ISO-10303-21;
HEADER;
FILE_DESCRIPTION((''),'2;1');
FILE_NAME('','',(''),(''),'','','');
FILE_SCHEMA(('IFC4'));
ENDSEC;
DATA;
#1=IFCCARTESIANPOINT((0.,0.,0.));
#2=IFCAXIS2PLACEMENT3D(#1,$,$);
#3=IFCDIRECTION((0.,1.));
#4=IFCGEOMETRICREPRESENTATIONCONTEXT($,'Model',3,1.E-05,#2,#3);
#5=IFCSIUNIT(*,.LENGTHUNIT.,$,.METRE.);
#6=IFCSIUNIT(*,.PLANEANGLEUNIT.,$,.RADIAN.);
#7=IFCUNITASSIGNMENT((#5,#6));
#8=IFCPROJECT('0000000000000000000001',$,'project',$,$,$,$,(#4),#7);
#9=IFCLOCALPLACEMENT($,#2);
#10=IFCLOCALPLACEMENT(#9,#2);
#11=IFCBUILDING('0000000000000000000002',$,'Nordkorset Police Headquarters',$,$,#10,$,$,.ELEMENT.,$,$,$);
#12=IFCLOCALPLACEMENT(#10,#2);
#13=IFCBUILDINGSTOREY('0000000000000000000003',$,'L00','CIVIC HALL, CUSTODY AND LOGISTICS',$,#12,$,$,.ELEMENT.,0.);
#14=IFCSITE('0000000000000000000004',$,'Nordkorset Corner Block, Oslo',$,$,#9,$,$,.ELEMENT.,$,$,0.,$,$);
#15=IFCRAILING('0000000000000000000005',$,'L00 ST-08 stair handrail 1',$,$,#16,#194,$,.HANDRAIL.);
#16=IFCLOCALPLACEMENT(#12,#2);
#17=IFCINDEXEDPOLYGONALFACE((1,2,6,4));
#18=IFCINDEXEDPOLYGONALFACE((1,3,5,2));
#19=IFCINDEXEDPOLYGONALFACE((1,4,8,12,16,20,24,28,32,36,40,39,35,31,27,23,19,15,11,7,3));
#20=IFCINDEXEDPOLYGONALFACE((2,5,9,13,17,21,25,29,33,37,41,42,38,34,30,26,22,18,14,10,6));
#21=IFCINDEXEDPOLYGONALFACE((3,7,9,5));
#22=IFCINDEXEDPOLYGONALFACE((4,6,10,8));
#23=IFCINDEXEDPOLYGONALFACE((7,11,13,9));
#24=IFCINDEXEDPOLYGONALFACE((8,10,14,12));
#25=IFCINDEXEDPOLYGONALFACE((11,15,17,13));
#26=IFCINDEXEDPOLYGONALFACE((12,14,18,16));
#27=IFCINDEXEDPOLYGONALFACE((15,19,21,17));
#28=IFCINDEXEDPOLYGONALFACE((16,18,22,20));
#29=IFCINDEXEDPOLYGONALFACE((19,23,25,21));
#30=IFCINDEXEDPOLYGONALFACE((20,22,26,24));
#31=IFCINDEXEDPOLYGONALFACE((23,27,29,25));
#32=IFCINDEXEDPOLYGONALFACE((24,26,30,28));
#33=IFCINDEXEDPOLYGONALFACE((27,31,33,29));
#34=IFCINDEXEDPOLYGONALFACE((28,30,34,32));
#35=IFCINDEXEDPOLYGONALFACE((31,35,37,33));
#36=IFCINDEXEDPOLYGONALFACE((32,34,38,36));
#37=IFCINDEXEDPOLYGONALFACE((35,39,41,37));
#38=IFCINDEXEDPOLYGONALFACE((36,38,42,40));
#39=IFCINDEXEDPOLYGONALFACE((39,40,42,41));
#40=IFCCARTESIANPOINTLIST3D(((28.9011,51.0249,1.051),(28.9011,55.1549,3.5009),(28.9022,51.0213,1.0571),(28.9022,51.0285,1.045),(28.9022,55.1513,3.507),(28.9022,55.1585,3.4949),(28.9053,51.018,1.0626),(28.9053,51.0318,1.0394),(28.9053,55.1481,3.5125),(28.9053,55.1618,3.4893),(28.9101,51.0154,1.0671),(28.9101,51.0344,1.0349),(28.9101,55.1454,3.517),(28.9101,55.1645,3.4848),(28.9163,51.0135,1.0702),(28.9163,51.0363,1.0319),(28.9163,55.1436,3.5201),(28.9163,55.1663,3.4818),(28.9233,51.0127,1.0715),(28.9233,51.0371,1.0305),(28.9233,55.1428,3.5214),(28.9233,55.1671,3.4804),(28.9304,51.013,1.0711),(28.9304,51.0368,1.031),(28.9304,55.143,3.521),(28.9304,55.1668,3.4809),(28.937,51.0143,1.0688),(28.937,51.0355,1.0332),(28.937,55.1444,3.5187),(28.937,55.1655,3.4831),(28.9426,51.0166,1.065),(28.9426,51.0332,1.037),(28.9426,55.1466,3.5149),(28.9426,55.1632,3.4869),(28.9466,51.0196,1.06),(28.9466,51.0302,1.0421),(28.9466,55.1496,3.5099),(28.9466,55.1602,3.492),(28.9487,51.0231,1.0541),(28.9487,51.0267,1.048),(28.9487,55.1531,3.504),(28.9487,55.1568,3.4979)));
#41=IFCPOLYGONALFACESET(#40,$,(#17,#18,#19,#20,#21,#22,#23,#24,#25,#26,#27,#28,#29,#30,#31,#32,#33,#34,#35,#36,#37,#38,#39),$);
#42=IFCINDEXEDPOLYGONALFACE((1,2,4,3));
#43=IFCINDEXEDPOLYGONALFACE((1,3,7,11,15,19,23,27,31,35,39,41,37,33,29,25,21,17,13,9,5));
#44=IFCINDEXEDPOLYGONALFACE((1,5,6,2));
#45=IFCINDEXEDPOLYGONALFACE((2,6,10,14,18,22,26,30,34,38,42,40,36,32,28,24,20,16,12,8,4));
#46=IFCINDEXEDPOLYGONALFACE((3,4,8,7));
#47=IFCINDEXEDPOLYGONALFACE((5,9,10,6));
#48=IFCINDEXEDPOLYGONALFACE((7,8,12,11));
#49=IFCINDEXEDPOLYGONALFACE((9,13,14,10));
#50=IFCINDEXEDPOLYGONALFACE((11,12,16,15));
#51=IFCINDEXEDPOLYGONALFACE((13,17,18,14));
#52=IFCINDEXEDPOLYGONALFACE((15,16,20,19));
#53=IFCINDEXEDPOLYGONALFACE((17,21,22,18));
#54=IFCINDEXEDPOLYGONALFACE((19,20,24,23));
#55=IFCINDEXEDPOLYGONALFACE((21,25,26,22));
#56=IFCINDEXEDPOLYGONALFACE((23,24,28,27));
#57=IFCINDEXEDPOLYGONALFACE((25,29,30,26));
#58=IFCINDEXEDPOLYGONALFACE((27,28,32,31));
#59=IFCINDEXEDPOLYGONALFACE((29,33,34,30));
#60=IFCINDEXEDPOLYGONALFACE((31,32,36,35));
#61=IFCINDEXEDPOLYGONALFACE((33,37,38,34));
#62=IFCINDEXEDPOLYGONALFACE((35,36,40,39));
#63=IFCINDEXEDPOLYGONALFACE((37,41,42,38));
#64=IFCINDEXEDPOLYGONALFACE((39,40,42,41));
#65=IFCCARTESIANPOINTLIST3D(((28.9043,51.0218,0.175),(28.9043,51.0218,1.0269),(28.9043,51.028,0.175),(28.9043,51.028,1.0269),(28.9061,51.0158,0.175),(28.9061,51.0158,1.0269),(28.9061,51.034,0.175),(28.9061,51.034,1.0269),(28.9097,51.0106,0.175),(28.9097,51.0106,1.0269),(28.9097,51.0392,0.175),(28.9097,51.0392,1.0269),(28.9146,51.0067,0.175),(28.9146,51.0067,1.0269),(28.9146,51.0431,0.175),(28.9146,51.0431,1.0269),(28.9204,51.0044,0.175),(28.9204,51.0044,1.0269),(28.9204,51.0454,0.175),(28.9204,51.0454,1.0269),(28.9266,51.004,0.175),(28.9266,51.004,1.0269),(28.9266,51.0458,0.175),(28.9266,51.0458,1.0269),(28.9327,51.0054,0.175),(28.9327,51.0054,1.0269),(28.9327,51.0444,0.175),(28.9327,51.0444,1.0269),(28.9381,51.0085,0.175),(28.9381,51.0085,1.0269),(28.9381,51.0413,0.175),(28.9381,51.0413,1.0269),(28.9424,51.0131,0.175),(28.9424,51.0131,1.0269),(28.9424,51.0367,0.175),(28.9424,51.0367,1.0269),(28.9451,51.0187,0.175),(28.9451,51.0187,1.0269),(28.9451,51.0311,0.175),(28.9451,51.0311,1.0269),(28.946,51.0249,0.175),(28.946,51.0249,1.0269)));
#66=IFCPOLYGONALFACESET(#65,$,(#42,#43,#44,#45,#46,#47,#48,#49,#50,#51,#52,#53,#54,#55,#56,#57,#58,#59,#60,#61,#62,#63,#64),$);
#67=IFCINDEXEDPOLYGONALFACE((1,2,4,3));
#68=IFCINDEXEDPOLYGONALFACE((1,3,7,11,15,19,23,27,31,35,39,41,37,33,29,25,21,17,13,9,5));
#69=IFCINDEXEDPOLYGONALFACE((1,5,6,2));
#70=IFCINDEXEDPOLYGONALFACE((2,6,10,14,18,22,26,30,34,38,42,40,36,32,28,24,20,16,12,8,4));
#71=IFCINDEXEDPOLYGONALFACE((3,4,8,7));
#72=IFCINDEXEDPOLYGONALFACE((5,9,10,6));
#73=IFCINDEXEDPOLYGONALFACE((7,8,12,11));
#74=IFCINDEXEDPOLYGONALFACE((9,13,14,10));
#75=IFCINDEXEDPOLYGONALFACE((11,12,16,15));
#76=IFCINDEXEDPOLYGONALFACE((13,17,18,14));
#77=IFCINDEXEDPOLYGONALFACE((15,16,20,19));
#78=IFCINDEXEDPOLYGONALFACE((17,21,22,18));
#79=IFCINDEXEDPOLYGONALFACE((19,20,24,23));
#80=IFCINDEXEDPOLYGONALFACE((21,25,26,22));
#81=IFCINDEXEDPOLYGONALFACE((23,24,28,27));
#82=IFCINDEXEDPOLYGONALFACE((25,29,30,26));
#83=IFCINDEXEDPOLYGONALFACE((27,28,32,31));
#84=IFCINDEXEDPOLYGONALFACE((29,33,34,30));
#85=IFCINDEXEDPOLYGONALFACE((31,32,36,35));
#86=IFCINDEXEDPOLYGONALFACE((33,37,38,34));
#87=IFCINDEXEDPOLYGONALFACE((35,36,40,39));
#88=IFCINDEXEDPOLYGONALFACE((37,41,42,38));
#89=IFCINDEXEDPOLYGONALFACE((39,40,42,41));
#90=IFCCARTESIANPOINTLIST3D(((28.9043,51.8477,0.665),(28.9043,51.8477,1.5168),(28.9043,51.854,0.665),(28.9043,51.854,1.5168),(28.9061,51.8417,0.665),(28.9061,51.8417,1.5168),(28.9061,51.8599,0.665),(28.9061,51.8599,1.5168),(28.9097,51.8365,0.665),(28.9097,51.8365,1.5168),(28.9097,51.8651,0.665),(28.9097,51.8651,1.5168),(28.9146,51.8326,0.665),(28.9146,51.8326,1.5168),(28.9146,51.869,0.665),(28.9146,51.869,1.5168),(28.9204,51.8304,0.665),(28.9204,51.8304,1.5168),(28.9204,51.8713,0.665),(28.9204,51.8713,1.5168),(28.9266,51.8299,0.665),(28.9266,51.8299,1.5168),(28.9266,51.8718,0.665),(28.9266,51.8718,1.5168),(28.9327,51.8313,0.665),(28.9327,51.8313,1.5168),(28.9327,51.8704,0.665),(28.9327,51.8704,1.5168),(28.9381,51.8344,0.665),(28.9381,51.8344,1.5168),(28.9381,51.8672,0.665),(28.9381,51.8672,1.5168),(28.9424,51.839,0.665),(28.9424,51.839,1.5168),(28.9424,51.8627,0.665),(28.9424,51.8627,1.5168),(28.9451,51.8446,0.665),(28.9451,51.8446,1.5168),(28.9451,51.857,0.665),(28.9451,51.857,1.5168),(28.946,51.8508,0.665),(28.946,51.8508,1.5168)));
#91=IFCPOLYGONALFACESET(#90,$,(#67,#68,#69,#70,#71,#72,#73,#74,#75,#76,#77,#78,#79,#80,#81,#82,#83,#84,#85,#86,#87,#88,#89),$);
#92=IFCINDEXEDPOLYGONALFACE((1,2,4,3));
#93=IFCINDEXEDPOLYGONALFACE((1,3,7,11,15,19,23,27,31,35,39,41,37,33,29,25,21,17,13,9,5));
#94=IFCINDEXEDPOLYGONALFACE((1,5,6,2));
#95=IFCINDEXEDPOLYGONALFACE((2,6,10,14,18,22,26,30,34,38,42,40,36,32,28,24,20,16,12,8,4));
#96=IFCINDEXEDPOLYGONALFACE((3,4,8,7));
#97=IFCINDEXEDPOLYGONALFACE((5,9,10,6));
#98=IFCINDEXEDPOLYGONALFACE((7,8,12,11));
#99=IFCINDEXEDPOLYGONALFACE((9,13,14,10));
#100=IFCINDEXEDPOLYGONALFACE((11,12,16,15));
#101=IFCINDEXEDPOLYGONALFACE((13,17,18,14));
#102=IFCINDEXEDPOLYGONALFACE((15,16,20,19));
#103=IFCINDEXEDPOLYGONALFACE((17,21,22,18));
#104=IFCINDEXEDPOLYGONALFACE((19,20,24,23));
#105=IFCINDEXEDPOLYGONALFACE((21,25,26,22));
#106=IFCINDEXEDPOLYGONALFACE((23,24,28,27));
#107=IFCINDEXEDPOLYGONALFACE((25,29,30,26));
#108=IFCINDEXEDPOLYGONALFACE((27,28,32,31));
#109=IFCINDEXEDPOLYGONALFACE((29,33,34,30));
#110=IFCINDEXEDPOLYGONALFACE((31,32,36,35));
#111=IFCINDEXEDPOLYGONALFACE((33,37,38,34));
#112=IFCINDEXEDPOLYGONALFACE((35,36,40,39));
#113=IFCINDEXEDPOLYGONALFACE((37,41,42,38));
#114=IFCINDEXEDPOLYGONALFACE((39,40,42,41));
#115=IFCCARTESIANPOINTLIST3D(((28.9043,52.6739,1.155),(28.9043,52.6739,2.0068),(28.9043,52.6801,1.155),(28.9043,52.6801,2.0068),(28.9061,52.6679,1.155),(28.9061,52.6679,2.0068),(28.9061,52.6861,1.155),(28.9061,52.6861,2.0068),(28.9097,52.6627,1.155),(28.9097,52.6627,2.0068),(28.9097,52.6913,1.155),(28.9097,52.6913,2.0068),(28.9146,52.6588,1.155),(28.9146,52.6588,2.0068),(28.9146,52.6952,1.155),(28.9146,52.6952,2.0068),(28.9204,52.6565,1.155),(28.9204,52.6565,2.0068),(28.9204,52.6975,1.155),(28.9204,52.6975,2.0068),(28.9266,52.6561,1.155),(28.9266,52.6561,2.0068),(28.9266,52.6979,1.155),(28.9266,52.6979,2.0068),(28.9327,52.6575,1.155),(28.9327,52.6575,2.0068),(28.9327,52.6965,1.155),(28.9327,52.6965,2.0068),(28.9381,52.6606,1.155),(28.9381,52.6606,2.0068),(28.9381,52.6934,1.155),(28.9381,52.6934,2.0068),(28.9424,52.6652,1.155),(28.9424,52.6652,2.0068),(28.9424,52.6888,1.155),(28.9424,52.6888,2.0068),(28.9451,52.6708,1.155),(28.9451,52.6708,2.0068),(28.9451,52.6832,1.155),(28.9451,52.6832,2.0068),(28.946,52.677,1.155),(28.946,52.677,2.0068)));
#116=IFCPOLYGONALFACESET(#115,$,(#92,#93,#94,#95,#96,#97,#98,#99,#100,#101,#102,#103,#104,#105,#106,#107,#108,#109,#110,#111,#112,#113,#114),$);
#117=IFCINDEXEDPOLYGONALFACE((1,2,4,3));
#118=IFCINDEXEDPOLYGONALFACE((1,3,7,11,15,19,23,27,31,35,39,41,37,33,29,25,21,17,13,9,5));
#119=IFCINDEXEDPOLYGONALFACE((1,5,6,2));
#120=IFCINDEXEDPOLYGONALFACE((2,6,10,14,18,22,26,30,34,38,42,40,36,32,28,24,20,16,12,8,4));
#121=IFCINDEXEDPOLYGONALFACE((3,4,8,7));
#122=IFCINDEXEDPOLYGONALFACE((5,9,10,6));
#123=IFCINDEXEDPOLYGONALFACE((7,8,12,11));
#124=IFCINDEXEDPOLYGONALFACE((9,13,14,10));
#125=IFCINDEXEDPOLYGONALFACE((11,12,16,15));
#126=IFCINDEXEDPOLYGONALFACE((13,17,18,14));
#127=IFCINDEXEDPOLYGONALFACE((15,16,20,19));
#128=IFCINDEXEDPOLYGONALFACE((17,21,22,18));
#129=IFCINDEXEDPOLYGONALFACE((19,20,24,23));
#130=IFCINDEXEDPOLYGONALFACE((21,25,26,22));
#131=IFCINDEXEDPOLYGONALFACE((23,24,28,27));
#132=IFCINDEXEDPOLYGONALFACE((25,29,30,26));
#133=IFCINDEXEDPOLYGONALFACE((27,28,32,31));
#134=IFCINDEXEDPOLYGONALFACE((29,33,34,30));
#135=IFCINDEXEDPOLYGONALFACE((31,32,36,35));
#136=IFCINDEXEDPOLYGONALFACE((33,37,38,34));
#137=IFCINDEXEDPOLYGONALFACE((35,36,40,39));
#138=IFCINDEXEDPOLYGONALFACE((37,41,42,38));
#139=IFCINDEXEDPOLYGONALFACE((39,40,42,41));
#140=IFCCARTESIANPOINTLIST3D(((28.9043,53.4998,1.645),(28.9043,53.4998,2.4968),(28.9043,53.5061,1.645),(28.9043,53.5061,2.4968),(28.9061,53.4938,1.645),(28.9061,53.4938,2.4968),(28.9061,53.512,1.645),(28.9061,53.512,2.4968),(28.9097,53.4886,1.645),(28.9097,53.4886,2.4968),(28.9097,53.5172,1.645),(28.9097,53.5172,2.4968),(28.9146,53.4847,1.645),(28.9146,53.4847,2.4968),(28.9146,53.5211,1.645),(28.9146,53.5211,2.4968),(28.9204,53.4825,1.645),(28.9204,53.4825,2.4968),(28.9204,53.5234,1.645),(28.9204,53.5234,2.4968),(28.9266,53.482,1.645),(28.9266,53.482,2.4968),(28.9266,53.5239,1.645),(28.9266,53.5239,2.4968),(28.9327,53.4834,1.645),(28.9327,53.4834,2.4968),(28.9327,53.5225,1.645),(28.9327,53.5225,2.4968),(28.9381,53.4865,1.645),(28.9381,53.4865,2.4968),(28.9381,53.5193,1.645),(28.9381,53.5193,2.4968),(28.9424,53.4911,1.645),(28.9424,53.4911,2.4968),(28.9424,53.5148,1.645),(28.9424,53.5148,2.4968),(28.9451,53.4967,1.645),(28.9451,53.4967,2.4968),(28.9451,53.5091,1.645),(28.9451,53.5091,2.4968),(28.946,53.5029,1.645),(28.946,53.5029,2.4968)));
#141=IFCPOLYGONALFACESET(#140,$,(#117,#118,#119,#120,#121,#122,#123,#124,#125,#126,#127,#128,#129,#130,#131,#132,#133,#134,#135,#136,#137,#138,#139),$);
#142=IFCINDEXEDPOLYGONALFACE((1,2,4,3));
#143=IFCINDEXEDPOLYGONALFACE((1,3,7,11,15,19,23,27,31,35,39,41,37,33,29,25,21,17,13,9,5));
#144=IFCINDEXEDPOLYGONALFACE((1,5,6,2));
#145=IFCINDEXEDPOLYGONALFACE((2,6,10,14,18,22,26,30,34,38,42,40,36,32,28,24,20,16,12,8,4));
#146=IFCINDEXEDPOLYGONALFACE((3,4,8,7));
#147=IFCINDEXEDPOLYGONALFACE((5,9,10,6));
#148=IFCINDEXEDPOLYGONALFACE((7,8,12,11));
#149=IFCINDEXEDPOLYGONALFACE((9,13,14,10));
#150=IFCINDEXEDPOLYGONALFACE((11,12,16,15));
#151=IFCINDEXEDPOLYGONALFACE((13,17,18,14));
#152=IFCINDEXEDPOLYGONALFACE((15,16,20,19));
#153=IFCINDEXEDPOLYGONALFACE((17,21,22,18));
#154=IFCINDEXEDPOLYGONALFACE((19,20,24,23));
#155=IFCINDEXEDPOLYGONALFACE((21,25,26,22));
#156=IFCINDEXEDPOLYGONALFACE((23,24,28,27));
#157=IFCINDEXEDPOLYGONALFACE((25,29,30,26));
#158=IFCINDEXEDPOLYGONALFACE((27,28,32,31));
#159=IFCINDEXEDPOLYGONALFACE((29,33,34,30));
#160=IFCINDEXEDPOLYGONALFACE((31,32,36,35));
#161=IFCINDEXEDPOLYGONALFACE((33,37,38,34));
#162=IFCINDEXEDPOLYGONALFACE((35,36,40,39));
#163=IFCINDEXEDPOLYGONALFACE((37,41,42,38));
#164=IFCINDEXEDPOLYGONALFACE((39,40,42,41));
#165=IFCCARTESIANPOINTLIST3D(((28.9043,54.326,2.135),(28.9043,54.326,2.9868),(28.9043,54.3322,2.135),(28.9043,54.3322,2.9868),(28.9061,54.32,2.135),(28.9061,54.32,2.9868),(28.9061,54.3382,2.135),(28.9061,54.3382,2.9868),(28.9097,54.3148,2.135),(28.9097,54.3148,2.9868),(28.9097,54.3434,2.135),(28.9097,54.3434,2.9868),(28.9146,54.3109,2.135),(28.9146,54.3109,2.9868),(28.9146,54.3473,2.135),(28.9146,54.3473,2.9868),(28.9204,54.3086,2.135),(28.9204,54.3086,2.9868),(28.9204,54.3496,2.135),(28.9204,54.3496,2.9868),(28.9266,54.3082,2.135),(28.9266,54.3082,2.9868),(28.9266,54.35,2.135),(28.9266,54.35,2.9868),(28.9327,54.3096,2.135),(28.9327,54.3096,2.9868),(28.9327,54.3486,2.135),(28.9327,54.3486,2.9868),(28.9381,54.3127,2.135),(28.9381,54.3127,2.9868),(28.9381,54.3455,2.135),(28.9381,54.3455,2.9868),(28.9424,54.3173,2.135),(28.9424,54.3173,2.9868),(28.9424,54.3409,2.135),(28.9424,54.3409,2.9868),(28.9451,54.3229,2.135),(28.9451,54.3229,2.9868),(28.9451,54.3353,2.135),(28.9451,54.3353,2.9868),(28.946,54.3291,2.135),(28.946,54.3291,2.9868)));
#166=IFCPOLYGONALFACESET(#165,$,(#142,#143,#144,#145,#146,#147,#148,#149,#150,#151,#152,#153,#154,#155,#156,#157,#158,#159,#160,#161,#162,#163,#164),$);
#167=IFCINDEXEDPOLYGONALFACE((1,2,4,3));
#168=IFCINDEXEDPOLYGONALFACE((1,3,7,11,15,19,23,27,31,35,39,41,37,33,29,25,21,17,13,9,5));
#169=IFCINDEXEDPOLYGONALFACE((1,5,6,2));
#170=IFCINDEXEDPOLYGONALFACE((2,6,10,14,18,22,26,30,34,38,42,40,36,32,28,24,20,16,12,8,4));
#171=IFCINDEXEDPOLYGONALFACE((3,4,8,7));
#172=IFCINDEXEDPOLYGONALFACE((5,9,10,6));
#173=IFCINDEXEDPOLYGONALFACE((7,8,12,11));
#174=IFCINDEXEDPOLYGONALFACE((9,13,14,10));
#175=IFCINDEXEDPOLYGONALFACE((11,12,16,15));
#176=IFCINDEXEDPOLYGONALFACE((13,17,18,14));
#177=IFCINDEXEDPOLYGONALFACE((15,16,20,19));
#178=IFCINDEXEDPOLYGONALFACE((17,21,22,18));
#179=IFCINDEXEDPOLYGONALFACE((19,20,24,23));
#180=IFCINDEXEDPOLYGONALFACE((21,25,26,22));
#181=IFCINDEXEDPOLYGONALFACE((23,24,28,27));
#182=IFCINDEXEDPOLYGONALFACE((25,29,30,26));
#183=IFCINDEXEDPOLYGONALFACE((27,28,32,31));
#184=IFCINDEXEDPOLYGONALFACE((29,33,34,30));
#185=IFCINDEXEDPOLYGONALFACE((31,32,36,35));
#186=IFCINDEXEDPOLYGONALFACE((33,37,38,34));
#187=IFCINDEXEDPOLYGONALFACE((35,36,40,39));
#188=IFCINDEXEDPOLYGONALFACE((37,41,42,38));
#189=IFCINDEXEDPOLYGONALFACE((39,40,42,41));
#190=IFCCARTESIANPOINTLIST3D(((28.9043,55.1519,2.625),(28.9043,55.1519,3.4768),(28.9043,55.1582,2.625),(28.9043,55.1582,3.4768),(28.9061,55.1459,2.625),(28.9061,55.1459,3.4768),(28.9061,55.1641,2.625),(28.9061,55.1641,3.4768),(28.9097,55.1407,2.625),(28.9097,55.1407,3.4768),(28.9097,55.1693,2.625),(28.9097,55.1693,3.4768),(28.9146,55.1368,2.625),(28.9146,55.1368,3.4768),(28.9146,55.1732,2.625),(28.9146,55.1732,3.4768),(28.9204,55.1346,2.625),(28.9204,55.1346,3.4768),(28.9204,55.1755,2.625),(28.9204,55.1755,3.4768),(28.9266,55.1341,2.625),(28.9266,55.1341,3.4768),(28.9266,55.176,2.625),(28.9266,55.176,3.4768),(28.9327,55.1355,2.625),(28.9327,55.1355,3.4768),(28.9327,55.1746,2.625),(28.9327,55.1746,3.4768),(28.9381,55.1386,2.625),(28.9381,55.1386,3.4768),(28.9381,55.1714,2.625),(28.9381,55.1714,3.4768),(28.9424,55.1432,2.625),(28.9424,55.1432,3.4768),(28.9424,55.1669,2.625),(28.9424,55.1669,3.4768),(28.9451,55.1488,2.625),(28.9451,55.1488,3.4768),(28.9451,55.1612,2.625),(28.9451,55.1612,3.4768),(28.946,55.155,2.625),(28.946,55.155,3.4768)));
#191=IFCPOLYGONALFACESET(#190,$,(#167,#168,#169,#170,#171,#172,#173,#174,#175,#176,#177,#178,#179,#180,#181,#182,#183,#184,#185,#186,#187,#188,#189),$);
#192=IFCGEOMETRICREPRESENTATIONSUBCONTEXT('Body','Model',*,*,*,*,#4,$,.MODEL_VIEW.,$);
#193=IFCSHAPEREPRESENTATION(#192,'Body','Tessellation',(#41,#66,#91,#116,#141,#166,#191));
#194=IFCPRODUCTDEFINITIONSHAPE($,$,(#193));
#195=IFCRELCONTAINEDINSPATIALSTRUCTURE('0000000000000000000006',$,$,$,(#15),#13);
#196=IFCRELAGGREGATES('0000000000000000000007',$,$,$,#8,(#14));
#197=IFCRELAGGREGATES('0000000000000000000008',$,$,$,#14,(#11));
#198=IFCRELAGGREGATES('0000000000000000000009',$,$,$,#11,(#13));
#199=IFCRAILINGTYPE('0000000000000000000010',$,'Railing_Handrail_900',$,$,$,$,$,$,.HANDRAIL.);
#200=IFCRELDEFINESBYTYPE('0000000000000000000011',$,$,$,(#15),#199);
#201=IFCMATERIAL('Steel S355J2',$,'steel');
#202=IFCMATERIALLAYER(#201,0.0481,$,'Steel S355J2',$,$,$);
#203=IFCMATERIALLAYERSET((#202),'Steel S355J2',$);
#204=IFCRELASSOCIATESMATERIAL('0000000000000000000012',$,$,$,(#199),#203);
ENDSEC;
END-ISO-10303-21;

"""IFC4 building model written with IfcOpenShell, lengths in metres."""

from ifc_helpers import new_model, si_unit, direction, frame, origin, origin_2d, place, context, subcontext, project, spatial, circle, extrude, material, layer, layer_set, type_object, element, save


model = new_model("IFC4")

# Units and contexts
model_context = context("Model", 3, precision=1e-05, world=origin(), true_north=direction((0.0, 1.0)))
body_context = subcontext(model_context, "Body", "Model", "MODEL_VIEW")
ifc_project = project(units=[si_unit("LENGTHUNIT", "METRE"), si_unit("PLANEANGLEUNIT", "RADIAN")], contexts=[model_context])

# Site, building, storey
site_placement = place(None, origin())
site = spatial("IfcSite", under=ifc_project, at=site_placement, Name="Nordkorset Corner Block, Oslo", CompositionType="ELEMENT", RefElevation=0.0)
building_placement = place(site_placement, origin())
building = spatial("IfcBuilding", under=site, at=building_placement, Name="Nordkorset Police Headquarters", CompositionType="ELEMENT")
storey_placement = place(building_placement, origin())
storey = spatial("IfcBuildingStorey", under=building, at=storey_placement, Name="L00", Description="CIVIC HALL, CUSTODY AND LOGISTICS", CompositionType="ELEMENT", Elevation=0.0)

# Railing
ifc_material_1 = material(Name="Steel S355J2", Category="steel")
ifc_layer_1 = layer(ifc_material_1, 0.0481, Name="Steel S355J2")
ifc_layer_set_1 = layer_set([ifc_layer_1], Name="Steel S355J2")
railing_type_1 = type_object("IfcRailingType", Name="Railing_Handrail_900", PredefinedType="HANDRAIL", material=ifc_layer_set_1)
railing_1_placement = place(storey_placement, frame((28.925, 51.0249, 0.175)))
element("IfcRailing", 1, at=railing_1_placement, inside=storey, type_object=railing_type_1, Name="L00 ST-08 stair handrail 1", PredefinedType="HANDRAIL", context=body_context, shape_type="SweptSolid", body=[
    extrude(circle(Radius=0.0239, at=origin_2d()), frame((0.0, 0.0, 0.876), z_axis=(0.0, 0.860066, 0.510183), x_axis=(-1.0, 0.0, 0.0)), (0.0, 0.0, 1.0), 4.802),
    extrude(circle(Radius=0.021, at=origin_2d()), origin(), (0.0, 0.0, 1.0), 0.8518),
    extrude(circle(Radius=0.021, at=origin_2d()), frame((0.0, 0.8259, 0.49)), (0.0, 0.0, 1.0), 0.8518),
    extrude(circle(Radius=0.021, at=origin_2d()), frame((0.0, 1.6521, 0.98)), (0.0, 0.0, 1.0), 0.8518),
    extrude(circle(Radius=0.021, at=origin_2d()), frame((0.0, 2.478, 1.47)), (0.0, 0.0, 1.0), 0.8518),
    extrude(circle(Radius=0.021, at=origin_2d()), frame((0.0, 3.3042, 1.96)), (0.0, 0.0, 1.0), 0.8518),
    extrude(circle(Radius=0.021, at=origin_2d()), frame((0.0, 4.1301, 2.45)), (0.0, 0.0, 1.0), 0.8518),
])

save(model, "model.ifc")
